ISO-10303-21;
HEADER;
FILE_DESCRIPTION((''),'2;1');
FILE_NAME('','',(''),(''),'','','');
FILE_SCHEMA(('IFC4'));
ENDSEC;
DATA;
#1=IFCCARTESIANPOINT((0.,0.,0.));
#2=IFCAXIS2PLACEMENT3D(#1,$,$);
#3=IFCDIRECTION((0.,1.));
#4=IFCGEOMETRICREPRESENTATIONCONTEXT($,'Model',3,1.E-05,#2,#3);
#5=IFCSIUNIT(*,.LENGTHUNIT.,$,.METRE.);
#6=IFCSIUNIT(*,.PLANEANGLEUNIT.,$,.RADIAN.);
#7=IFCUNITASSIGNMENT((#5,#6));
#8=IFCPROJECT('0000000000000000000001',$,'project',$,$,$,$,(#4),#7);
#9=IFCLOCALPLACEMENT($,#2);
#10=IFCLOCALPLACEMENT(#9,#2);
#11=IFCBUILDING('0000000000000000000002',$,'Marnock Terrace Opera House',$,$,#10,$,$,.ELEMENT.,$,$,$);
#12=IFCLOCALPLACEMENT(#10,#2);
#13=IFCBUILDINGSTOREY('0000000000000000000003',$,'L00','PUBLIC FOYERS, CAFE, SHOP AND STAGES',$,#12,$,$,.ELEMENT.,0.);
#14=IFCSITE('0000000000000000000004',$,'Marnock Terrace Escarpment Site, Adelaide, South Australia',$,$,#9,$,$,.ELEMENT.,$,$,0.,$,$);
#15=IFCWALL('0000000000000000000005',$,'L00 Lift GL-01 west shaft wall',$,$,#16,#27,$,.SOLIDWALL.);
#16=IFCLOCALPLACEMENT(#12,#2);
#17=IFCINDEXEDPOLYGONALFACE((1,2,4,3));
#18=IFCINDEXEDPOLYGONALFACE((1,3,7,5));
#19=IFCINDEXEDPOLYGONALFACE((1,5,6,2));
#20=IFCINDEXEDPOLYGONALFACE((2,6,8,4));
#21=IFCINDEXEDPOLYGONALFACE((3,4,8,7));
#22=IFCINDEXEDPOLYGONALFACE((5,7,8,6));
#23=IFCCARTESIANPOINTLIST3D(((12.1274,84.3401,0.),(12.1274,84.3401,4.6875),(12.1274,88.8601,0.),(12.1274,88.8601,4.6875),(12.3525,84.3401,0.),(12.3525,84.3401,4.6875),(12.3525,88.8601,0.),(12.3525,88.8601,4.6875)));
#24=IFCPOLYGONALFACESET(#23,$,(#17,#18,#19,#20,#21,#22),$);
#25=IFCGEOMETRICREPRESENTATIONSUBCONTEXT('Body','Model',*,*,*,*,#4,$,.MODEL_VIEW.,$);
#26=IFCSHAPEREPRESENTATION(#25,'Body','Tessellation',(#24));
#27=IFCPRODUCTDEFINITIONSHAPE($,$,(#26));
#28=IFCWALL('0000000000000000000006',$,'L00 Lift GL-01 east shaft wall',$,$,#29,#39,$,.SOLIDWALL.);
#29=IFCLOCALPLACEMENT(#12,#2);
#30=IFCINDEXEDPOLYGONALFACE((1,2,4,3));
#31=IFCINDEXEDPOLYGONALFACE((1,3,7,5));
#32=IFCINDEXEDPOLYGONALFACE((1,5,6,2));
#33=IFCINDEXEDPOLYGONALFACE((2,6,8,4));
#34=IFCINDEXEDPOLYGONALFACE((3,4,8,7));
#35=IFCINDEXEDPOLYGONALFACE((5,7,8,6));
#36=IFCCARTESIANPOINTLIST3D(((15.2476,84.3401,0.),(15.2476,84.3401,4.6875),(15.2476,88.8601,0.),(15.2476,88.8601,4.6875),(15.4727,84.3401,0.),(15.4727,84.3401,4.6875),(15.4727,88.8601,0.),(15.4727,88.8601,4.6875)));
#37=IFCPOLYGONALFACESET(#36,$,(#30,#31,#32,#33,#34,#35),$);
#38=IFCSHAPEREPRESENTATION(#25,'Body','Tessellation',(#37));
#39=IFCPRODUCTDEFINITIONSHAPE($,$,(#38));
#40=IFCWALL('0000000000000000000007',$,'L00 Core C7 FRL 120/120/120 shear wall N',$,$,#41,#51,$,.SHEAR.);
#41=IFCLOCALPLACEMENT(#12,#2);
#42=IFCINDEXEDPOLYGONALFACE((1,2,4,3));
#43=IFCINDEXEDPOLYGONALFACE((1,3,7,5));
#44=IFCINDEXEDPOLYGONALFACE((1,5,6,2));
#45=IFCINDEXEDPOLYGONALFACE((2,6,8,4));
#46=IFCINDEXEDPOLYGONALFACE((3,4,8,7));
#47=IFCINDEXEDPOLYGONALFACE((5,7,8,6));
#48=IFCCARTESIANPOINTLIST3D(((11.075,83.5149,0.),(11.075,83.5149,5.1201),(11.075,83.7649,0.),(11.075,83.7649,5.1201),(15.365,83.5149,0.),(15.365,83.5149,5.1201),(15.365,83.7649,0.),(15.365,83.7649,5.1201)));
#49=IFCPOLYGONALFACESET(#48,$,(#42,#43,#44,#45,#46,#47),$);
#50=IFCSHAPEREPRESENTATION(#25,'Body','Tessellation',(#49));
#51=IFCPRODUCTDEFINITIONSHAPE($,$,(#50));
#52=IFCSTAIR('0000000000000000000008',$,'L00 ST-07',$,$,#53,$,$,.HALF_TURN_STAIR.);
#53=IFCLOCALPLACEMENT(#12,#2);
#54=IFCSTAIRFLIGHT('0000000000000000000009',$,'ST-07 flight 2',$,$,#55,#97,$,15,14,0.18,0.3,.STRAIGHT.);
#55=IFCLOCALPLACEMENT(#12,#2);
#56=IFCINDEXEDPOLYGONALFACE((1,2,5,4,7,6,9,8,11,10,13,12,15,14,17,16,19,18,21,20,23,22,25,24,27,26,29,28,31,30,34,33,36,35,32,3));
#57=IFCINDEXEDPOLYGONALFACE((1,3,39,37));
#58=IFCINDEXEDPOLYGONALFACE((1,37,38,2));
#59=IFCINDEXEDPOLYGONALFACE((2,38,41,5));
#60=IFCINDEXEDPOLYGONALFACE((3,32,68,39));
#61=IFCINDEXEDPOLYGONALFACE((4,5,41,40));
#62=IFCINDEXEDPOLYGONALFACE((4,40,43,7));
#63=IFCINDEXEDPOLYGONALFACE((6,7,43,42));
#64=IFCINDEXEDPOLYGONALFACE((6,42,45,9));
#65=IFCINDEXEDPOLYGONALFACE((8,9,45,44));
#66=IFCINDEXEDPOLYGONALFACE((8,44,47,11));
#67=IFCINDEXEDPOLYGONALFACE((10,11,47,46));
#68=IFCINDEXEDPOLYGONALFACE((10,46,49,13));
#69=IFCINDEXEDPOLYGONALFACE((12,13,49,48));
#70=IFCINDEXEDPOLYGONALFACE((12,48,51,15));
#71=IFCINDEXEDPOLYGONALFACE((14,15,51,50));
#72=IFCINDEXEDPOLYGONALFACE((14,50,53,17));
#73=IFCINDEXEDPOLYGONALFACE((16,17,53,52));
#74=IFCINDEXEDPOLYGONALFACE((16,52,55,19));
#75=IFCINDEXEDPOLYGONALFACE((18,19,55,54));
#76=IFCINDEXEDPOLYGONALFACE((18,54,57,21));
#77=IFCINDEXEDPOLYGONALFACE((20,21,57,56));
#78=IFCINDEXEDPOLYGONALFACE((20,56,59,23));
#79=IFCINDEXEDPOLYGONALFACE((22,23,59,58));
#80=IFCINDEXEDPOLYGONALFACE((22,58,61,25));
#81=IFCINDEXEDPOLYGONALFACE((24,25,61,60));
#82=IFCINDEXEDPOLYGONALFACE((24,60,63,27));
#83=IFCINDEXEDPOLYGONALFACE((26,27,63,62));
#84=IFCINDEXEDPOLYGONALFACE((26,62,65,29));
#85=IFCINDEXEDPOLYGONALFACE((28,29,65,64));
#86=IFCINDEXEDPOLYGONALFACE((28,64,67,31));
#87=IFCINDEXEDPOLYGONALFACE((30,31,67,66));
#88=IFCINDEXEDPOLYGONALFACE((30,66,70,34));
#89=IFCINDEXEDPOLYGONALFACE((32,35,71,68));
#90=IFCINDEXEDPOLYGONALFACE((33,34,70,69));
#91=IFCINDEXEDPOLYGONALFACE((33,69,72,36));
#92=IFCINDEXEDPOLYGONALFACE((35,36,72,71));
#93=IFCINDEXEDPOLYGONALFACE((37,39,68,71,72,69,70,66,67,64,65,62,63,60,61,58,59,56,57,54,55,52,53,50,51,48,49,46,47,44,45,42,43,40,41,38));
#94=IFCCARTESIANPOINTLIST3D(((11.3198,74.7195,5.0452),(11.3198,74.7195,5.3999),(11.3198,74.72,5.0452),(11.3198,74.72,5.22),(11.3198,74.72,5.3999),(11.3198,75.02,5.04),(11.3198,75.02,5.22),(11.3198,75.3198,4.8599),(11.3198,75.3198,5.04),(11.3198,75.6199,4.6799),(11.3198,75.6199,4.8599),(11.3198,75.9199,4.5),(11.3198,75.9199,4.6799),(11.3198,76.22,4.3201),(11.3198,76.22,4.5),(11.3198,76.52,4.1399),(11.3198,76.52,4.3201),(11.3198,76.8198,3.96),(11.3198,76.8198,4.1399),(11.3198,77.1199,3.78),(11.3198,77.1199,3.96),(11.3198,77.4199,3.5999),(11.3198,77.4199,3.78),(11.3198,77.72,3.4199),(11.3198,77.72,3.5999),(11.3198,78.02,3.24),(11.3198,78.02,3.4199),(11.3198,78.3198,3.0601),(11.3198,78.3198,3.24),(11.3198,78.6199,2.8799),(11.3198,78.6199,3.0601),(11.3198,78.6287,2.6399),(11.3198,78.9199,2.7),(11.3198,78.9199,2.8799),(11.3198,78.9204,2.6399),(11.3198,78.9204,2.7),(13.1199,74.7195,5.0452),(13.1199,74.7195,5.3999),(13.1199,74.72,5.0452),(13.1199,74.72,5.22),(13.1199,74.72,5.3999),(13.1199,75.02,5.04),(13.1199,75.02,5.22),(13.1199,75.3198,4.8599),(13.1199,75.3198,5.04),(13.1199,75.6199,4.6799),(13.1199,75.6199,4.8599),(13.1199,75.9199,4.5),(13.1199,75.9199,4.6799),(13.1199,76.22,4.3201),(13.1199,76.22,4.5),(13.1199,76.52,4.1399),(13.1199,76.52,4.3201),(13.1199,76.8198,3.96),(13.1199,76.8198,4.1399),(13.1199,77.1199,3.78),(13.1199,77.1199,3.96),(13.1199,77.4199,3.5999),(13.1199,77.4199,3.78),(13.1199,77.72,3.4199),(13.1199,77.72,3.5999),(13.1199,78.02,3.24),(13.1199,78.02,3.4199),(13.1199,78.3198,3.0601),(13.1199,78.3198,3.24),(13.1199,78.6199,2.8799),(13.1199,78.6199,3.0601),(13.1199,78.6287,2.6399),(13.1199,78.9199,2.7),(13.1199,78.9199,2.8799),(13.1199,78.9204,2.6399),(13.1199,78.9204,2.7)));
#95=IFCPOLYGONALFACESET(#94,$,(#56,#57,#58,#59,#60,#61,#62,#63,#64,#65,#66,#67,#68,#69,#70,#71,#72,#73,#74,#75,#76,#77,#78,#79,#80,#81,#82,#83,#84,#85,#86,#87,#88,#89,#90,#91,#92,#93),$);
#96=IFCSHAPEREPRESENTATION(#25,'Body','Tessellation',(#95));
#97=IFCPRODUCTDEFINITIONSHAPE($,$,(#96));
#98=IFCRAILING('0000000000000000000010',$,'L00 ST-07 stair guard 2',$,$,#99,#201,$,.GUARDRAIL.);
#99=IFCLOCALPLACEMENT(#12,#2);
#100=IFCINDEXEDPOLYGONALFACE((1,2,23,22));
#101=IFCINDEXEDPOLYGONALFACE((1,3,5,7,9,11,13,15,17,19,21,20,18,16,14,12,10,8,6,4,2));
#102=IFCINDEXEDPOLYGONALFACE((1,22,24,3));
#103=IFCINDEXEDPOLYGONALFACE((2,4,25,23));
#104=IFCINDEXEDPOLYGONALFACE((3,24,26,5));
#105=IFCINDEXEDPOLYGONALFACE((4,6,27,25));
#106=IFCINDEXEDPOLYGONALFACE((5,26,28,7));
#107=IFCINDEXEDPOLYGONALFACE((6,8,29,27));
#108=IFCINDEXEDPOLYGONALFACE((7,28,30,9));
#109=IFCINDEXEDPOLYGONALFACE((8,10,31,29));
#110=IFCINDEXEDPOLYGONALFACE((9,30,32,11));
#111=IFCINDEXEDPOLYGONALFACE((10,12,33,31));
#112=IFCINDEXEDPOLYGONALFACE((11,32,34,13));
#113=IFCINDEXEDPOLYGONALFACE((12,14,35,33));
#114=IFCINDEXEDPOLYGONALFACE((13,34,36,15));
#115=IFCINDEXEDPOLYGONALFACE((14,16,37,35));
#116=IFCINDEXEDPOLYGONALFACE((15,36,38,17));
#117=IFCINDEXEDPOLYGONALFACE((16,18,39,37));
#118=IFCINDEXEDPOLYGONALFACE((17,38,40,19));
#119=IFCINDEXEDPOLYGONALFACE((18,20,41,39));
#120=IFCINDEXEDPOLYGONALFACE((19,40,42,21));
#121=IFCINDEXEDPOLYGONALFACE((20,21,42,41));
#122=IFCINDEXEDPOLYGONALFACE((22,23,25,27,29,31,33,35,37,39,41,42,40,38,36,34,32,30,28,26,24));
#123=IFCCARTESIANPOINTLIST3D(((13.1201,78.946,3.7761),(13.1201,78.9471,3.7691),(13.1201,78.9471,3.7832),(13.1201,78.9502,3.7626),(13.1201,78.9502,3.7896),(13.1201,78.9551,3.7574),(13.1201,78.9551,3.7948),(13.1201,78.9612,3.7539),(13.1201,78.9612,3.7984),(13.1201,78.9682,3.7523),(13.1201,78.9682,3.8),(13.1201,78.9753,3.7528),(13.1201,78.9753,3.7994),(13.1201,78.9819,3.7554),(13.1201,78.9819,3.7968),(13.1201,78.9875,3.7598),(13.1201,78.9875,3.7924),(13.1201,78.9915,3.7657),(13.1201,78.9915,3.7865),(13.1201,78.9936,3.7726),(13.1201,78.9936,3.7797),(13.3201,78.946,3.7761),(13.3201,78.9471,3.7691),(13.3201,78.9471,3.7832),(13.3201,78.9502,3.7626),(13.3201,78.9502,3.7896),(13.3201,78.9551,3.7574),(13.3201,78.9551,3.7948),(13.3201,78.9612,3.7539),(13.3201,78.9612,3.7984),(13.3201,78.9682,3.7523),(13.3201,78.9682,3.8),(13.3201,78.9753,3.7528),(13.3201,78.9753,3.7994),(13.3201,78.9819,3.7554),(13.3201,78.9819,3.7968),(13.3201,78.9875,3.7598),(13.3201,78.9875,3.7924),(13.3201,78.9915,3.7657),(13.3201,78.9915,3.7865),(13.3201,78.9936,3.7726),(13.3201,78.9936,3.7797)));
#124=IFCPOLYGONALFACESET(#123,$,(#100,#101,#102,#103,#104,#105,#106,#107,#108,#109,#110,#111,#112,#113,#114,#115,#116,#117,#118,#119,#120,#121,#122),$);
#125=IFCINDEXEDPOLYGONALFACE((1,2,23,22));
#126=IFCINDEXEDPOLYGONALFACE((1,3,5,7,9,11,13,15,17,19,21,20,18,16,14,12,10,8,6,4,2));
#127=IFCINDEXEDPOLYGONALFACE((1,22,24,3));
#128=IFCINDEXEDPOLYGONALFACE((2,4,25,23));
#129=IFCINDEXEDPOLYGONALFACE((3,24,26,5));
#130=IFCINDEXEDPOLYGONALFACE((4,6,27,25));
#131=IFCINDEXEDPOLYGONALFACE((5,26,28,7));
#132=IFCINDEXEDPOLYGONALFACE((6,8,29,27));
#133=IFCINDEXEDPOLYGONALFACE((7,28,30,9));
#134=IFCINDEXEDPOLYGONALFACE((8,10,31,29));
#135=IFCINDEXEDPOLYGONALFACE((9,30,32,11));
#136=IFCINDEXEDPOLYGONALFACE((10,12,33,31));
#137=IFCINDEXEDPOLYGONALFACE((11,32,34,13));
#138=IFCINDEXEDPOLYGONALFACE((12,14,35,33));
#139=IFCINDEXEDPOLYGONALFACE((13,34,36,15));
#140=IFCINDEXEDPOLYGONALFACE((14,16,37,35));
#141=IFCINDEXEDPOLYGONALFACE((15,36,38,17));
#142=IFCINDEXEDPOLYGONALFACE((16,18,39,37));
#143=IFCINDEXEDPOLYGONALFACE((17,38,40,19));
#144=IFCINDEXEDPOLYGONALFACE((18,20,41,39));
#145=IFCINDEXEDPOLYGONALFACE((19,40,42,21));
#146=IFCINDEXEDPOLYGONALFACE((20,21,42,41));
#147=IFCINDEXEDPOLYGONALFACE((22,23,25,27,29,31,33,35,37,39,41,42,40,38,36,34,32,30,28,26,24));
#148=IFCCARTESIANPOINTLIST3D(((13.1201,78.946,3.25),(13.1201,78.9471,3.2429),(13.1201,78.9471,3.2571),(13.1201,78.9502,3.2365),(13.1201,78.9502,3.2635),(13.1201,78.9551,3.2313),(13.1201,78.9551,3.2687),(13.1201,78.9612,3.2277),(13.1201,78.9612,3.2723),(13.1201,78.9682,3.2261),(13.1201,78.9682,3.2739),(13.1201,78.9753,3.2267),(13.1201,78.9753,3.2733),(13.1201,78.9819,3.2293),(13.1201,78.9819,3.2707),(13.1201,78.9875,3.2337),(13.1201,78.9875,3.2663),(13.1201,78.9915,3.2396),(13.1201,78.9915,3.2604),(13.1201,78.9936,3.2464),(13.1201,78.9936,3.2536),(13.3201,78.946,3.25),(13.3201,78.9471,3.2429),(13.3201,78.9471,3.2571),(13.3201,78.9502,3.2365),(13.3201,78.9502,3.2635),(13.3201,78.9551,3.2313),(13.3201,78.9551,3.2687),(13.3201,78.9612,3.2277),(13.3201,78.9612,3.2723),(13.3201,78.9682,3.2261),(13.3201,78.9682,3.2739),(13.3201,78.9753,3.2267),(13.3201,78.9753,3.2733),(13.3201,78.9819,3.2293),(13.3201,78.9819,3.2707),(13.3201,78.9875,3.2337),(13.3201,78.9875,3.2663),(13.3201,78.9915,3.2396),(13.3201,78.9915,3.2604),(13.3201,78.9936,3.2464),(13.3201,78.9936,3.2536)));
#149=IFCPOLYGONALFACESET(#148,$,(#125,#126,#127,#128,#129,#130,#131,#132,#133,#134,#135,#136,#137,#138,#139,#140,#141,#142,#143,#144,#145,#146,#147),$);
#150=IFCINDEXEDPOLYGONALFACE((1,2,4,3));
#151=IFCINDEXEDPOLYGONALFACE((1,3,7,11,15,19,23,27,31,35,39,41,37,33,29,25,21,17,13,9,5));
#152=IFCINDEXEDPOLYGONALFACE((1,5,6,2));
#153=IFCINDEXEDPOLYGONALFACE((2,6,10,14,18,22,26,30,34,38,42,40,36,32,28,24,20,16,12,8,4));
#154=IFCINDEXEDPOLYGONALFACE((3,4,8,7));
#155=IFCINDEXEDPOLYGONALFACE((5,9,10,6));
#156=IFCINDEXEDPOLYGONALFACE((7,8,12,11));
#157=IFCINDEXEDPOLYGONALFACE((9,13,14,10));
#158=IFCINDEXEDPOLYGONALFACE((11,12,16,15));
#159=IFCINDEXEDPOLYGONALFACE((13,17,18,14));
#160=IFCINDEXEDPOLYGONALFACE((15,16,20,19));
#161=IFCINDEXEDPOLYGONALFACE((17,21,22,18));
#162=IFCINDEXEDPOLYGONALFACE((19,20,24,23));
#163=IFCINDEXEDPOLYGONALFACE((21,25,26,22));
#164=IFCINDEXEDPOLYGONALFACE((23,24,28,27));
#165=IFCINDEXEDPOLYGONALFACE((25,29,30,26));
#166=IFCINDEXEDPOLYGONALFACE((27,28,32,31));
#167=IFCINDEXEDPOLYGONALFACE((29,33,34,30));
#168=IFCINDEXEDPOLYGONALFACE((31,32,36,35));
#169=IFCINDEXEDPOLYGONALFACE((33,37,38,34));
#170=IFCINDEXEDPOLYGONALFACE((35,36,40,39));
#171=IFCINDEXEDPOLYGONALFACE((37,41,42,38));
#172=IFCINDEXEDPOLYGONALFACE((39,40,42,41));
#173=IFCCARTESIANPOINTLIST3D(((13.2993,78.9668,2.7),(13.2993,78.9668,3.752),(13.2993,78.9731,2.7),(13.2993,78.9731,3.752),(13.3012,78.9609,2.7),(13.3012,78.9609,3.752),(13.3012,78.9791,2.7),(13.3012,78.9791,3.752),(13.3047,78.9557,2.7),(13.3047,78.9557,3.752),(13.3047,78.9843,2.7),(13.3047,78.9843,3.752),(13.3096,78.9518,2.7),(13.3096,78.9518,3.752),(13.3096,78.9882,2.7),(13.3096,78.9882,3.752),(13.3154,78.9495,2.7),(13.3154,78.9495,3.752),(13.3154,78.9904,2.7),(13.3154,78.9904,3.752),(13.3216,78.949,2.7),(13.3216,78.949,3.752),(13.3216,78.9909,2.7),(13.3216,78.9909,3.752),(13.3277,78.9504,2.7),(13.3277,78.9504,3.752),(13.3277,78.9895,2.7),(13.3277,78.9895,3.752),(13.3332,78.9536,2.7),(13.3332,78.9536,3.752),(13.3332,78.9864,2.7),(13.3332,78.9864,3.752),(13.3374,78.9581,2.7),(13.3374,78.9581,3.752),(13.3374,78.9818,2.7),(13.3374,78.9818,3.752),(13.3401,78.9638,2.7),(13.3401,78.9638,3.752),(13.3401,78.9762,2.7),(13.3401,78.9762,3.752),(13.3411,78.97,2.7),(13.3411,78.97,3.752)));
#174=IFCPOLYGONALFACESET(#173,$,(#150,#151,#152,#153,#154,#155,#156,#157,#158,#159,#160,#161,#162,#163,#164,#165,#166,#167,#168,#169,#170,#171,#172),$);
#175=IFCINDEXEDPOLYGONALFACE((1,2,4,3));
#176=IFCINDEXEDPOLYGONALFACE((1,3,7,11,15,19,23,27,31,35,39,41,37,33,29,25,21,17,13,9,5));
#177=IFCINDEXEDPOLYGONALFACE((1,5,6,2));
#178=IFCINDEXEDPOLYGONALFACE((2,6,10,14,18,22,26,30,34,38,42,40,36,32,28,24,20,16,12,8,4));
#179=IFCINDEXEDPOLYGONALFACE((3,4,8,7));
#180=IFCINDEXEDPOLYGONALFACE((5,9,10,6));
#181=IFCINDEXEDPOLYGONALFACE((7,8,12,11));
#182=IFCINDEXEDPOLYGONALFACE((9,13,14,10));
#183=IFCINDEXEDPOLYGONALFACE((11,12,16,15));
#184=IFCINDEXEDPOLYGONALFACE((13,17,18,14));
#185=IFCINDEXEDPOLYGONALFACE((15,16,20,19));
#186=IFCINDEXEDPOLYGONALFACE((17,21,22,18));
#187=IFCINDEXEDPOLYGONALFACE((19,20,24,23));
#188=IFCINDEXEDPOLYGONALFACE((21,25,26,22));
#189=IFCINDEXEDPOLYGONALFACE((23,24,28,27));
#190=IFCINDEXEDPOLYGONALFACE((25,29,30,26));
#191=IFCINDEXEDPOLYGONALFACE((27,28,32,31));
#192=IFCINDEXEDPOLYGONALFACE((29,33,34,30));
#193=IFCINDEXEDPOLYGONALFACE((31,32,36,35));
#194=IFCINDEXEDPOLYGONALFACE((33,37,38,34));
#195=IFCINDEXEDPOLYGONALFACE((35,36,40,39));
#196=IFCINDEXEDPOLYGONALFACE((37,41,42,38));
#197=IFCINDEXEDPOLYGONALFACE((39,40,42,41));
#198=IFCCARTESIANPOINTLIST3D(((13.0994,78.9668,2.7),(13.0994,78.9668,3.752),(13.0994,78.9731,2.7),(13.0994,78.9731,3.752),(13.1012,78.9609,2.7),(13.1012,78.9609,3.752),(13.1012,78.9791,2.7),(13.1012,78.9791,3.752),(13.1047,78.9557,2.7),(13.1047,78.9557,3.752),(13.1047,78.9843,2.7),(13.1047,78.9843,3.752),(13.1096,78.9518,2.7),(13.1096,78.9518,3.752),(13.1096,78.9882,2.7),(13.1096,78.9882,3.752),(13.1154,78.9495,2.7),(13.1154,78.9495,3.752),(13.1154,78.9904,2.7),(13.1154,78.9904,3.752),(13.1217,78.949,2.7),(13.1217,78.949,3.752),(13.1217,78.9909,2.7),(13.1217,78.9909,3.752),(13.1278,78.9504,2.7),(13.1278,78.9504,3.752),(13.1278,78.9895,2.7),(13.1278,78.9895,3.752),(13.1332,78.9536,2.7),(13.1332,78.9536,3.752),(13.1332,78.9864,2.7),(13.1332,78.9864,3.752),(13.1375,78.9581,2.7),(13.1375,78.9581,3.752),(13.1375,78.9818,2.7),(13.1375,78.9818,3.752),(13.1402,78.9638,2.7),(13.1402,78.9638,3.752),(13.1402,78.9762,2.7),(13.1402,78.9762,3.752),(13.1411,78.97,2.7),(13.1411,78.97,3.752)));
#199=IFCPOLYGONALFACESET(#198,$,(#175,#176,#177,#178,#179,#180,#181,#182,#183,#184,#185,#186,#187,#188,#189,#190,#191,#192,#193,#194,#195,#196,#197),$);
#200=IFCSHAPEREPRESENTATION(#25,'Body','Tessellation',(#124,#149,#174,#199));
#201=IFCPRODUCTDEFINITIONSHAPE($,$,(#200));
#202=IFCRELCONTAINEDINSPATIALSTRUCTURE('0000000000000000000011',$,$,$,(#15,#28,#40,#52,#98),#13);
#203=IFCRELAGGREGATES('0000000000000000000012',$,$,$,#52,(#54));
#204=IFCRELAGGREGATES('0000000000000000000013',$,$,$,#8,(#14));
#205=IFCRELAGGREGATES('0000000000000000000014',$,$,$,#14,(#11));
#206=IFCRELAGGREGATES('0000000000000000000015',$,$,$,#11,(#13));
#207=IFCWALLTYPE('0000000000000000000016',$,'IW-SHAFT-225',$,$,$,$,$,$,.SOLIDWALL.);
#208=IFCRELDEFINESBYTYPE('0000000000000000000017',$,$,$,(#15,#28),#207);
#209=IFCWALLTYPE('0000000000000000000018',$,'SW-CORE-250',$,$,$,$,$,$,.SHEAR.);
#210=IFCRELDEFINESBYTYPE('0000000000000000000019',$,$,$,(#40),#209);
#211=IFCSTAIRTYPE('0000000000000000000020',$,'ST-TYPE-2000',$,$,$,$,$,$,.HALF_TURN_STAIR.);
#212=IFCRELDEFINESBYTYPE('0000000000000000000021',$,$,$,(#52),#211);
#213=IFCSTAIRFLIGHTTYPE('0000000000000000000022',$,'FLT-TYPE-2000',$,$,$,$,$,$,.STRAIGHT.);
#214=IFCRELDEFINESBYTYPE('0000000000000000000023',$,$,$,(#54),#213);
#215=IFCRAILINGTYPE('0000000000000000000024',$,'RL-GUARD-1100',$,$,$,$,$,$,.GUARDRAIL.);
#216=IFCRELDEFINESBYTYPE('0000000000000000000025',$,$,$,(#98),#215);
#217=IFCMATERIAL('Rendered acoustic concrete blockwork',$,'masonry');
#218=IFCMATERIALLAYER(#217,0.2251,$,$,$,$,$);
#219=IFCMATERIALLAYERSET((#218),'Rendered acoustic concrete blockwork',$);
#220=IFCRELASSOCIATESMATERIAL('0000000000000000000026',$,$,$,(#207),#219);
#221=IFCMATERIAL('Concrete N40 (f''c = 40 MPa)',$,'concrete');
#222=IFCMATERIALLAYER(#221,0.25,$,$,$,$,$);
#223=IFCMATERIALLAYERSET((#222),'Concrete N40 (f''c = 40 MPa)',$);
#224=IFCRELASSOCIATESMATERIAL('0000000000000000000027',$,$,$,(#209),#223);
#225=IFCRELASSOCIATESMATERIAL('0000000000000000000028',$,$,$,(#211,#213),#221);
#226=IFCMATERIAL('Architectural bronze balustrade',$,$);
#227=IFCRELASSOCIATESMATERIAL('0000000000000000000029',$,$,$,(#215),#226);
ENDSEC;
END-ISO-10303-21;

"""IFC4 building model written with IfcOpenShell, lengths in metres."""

from ifc_helpers import new_model, si_unit, direction, frame, frame_2d, origin, origin_2d, place, context, subcontext, project, spatial, polyline, rectangle, circle, outline, extrude, material, layer, layer_set, type_object, element, aggregate, save


model = new_model("IFC4")

# Units and contexts
model_context = context("Model", 3, precision=1e-05, world=origin(), true_north=direction((0.0, 1.0)))
body_context = subcontext(model_context, "Body", "Model", "MODEL_VIEW")
ifc_project = project(units=[si_unit("LENGTHUNIT", "METRE"), si_unit("PLANEANGLEUNIT", "RADIAN")], contexts=[model_context])

# Site, building, storey
site_placement = place(None, origin())
site = spatial("IfcSite", under=ifc_project, at=site_placement, Name="Marnock Terrace Escarpment Site, Adelaide, South Australia", CompositionType="ELEMENT", RefElevation=0.0)
building_placement = place(site_placement, origin())
building = spatial("IfcBuilding", under=site, at=building_placement, Name="Marnock Terrace Opera House", CompositionType="ELEMENT")
storey_placement = place(building_placement, origin())
storey = spatial("IfcBuildingStorey", under=building, at=storey_placement, Name="L00", Description="PUBLIC FOYERS, CAFE, SHOP AND STAGES", CompositionType="ELEMENT", Elevation=0.0)

# Shared definitions
ifc_material_1 = material(Name="Concrete N40 (f'c = 40 MPa)", Category="concrete")

# Walls
ifc_material_2 = material(Name="Rendered acoustic concrete blockwork", Category="masonry")
ifc_layer_1 = layer(ifc_material_2, 0.2251)
ifc_layer_set_1 = layer_set([ifc_layer_1], Name="Rendered acoustic concrete blockwork")
wall_type_1 = type_object("IfcWallType", Name="IW-SHAFT-225", PredefinedType="SOLIDWALL", material=ifc_layer_set_1)
for number, where, z_axis, x_axis, name in (
    (1, (12.24, 84.3401, 0.0), (0.0, 0.0, 1.0), (0.0, 1.0, 0.0), "L00 Lift GL-01 west shaft wall"),
    (2, (15.3601, 84.3401, 0.0), (0.0, 0.0, 1.0), (0.0, 1.0, 0.0), "L00 Lift GL-01 east shaft wall"),
):
    element("IfcWall", number, at=place(storey_placement, frame(where, z_axis=z_axis, x_axis=x_axis)), inside=storey, type_object=wall_type_1, Name=name, PredefinedType="SOLIDWALL", context=body_context, shape_type="SweptSolid", body=[
        extrude(rectangle(XDim=4.52, YDim=0.2251, at=frame_2d((2.26, 0.0))), origin(), (0.0, 0.0, 1.0), 4.6875),
    ])
ifc_layer_2 = layer(ifc_material_1, 0.25)
ifc_layer_set_2 = layer_set([ifc_layer_2], Name="Concrete N40 (f'c = 40 MPa)")
wall_type_2 = type_object("IfcWallType", Name="SW-CORE-250", PredefinedType="SHEAR", material=ifc_layer_set_2)
wall_1_placement = place(storey_placement, frame((11.075, 83.6399, 0.0), z_axis=(0.0, 0.0, 1.0), x_axis=(1.0, 0.0, 0.0)))
element("IfcWall", 3, at=wall_1_placement, inside=storey, type_object=wall_type_2, Name="L00 Core C7 FRL 120/120/120 shear wall N", PredefinedType="SHEAR", context=body_context, shape_type="SweptSolid", body=[
    extrude(rectangle(XDim=4.29, YDim=0.25, at=frame_2d((2.145, 0.0))), origin(), (0.0, 0.0, 1.0), 5.1201),
])

# Stair, stair flight
stair_type = type_object("IfcStairType", Name="ST-TYPE-2000", PredefinedType="HALF_TURN_STAIR", material=ifc_material_1)
stair_placement = place(storey_placement, origin())
stair = element("IfcStair", 4, at=stair_placement, inside=storey, type_object=stair_type, Name="L00 ST-07", PredefinedType="HALF_TURN_STAIR")
stair_flight_type = type_object("IfcStairFlightType", Name="FLT-TYPE-2000", PredefinedType="STRAIGHT", material=ifc_material_1)
stair_flight_placement = place(storey_placement, frame((12.22, 78.9199, 2.7), z_axis=(0.0, 0.0, 1.0), x_axis=(0.0, -1.0, 0.0)))
stair_flight = element("IfcStairFlight", 5, at=stair_flight_placement, type_object=stair_flight_type, Name="ST-07 flight 2", NumberOfRisers=15, NumberOfTreads=14, PredefinedType="STRAIGHT", RiserHeight=0.18, TreadLength=0.3, context=body_context, shape_type="SweptSolid", body=[
    extrude(outline(polyline([(-0.0005, -0.0601), (-0.0005, 0.0), (0.0, 0.0), (0.0, 0.1799), (0.3, 0.1799), (0.3, 0.3601), (0.6001, 0.3601), (0.6001, 0.54), (0.8999, 0.54), (0.8999, 0.72), (1.2, 0.72), (1.2, 0.8999), (1.5, 0.8999), (1.5, 1.0801), (1.8, 1.0801), (1.8, 1.26), (2.1001, 1.26), (2.1001, 1.4399), (2.3999, 1.4399), (2.3999, 1.6201), (2.7, 1.6201), (2.7, 1.8), (3.0, 1.8), (3.0, 1.98), (3.3, 1.98), (3.3, 2.1599), (3.6001, 2.1599), (3.6001, 2.3401), (3.8999, 2.3401), (3.8999, 2.52), (4.2, 2.52), (4.2, 2.7), (4.2004, 2.7), (4.2004, 2.3452), (4.2, 2.3452), (0.2913, -0.0601), (-0.0005, -0.0601)])), frame((0.0, 0.8999, 0.0), z_axis=(0.0, -1.0, 0.0), x_axis=(1.0, 0.0, 0.0)), (0.0, 0.0, 1.0), 1.8),
])
aggregate(stair, [stair_flight])

# Railing
ifc_material_3 = material(Name="Architectural bronze balustrade")
railing_type_1 = type_object("IfcRailingType", Name="RL-GUARD-1100", PredefinedType="GUARDRAIL", material=ifc_material_3)
railing_1_placement = place(storey_placement, frame((13.3201, 78.97, 2.7)))
element("IfcRailing", 6, at=railing_1_placement, inside=storey, type_object=railing_type_1, Name="L00 ST-07 stair guard 2", PredefinedType="GUARDRAIL", context=body_context, shape_type="SweptSolid", body=[
    extrude(circle(Radius=0.0239, at=origin_2d()), frame((0.0, 0.0, 1.0762), z_axis=(-1.0, 0.0, 0.0), x_axis=(0.0, -1.0, 0.0)), (0.0, 0.0, 1.0), 0.2),
    extrude(circle(Radius=0.0239, at=origin_2d()), frame((0.0, 0.0, 0.55), z_axis=(-1.0, 0.0, 0.0), x_axis=(0.0, -1.0, 0.0)), (0.0, 0.0, 1.0), 0.2),
    extrude(circle(Radius=0.021, at=origin_2d()), origin(), (0.0, 0.0, 1.0), 1.052),
    extrude(circle(Radius=0.021, at=origin_2d()), frame((-0.2, 0.0, 0.0)), (0.0, 0.0, 1.0), 1.052),
])

save(model, "model.ifc")
